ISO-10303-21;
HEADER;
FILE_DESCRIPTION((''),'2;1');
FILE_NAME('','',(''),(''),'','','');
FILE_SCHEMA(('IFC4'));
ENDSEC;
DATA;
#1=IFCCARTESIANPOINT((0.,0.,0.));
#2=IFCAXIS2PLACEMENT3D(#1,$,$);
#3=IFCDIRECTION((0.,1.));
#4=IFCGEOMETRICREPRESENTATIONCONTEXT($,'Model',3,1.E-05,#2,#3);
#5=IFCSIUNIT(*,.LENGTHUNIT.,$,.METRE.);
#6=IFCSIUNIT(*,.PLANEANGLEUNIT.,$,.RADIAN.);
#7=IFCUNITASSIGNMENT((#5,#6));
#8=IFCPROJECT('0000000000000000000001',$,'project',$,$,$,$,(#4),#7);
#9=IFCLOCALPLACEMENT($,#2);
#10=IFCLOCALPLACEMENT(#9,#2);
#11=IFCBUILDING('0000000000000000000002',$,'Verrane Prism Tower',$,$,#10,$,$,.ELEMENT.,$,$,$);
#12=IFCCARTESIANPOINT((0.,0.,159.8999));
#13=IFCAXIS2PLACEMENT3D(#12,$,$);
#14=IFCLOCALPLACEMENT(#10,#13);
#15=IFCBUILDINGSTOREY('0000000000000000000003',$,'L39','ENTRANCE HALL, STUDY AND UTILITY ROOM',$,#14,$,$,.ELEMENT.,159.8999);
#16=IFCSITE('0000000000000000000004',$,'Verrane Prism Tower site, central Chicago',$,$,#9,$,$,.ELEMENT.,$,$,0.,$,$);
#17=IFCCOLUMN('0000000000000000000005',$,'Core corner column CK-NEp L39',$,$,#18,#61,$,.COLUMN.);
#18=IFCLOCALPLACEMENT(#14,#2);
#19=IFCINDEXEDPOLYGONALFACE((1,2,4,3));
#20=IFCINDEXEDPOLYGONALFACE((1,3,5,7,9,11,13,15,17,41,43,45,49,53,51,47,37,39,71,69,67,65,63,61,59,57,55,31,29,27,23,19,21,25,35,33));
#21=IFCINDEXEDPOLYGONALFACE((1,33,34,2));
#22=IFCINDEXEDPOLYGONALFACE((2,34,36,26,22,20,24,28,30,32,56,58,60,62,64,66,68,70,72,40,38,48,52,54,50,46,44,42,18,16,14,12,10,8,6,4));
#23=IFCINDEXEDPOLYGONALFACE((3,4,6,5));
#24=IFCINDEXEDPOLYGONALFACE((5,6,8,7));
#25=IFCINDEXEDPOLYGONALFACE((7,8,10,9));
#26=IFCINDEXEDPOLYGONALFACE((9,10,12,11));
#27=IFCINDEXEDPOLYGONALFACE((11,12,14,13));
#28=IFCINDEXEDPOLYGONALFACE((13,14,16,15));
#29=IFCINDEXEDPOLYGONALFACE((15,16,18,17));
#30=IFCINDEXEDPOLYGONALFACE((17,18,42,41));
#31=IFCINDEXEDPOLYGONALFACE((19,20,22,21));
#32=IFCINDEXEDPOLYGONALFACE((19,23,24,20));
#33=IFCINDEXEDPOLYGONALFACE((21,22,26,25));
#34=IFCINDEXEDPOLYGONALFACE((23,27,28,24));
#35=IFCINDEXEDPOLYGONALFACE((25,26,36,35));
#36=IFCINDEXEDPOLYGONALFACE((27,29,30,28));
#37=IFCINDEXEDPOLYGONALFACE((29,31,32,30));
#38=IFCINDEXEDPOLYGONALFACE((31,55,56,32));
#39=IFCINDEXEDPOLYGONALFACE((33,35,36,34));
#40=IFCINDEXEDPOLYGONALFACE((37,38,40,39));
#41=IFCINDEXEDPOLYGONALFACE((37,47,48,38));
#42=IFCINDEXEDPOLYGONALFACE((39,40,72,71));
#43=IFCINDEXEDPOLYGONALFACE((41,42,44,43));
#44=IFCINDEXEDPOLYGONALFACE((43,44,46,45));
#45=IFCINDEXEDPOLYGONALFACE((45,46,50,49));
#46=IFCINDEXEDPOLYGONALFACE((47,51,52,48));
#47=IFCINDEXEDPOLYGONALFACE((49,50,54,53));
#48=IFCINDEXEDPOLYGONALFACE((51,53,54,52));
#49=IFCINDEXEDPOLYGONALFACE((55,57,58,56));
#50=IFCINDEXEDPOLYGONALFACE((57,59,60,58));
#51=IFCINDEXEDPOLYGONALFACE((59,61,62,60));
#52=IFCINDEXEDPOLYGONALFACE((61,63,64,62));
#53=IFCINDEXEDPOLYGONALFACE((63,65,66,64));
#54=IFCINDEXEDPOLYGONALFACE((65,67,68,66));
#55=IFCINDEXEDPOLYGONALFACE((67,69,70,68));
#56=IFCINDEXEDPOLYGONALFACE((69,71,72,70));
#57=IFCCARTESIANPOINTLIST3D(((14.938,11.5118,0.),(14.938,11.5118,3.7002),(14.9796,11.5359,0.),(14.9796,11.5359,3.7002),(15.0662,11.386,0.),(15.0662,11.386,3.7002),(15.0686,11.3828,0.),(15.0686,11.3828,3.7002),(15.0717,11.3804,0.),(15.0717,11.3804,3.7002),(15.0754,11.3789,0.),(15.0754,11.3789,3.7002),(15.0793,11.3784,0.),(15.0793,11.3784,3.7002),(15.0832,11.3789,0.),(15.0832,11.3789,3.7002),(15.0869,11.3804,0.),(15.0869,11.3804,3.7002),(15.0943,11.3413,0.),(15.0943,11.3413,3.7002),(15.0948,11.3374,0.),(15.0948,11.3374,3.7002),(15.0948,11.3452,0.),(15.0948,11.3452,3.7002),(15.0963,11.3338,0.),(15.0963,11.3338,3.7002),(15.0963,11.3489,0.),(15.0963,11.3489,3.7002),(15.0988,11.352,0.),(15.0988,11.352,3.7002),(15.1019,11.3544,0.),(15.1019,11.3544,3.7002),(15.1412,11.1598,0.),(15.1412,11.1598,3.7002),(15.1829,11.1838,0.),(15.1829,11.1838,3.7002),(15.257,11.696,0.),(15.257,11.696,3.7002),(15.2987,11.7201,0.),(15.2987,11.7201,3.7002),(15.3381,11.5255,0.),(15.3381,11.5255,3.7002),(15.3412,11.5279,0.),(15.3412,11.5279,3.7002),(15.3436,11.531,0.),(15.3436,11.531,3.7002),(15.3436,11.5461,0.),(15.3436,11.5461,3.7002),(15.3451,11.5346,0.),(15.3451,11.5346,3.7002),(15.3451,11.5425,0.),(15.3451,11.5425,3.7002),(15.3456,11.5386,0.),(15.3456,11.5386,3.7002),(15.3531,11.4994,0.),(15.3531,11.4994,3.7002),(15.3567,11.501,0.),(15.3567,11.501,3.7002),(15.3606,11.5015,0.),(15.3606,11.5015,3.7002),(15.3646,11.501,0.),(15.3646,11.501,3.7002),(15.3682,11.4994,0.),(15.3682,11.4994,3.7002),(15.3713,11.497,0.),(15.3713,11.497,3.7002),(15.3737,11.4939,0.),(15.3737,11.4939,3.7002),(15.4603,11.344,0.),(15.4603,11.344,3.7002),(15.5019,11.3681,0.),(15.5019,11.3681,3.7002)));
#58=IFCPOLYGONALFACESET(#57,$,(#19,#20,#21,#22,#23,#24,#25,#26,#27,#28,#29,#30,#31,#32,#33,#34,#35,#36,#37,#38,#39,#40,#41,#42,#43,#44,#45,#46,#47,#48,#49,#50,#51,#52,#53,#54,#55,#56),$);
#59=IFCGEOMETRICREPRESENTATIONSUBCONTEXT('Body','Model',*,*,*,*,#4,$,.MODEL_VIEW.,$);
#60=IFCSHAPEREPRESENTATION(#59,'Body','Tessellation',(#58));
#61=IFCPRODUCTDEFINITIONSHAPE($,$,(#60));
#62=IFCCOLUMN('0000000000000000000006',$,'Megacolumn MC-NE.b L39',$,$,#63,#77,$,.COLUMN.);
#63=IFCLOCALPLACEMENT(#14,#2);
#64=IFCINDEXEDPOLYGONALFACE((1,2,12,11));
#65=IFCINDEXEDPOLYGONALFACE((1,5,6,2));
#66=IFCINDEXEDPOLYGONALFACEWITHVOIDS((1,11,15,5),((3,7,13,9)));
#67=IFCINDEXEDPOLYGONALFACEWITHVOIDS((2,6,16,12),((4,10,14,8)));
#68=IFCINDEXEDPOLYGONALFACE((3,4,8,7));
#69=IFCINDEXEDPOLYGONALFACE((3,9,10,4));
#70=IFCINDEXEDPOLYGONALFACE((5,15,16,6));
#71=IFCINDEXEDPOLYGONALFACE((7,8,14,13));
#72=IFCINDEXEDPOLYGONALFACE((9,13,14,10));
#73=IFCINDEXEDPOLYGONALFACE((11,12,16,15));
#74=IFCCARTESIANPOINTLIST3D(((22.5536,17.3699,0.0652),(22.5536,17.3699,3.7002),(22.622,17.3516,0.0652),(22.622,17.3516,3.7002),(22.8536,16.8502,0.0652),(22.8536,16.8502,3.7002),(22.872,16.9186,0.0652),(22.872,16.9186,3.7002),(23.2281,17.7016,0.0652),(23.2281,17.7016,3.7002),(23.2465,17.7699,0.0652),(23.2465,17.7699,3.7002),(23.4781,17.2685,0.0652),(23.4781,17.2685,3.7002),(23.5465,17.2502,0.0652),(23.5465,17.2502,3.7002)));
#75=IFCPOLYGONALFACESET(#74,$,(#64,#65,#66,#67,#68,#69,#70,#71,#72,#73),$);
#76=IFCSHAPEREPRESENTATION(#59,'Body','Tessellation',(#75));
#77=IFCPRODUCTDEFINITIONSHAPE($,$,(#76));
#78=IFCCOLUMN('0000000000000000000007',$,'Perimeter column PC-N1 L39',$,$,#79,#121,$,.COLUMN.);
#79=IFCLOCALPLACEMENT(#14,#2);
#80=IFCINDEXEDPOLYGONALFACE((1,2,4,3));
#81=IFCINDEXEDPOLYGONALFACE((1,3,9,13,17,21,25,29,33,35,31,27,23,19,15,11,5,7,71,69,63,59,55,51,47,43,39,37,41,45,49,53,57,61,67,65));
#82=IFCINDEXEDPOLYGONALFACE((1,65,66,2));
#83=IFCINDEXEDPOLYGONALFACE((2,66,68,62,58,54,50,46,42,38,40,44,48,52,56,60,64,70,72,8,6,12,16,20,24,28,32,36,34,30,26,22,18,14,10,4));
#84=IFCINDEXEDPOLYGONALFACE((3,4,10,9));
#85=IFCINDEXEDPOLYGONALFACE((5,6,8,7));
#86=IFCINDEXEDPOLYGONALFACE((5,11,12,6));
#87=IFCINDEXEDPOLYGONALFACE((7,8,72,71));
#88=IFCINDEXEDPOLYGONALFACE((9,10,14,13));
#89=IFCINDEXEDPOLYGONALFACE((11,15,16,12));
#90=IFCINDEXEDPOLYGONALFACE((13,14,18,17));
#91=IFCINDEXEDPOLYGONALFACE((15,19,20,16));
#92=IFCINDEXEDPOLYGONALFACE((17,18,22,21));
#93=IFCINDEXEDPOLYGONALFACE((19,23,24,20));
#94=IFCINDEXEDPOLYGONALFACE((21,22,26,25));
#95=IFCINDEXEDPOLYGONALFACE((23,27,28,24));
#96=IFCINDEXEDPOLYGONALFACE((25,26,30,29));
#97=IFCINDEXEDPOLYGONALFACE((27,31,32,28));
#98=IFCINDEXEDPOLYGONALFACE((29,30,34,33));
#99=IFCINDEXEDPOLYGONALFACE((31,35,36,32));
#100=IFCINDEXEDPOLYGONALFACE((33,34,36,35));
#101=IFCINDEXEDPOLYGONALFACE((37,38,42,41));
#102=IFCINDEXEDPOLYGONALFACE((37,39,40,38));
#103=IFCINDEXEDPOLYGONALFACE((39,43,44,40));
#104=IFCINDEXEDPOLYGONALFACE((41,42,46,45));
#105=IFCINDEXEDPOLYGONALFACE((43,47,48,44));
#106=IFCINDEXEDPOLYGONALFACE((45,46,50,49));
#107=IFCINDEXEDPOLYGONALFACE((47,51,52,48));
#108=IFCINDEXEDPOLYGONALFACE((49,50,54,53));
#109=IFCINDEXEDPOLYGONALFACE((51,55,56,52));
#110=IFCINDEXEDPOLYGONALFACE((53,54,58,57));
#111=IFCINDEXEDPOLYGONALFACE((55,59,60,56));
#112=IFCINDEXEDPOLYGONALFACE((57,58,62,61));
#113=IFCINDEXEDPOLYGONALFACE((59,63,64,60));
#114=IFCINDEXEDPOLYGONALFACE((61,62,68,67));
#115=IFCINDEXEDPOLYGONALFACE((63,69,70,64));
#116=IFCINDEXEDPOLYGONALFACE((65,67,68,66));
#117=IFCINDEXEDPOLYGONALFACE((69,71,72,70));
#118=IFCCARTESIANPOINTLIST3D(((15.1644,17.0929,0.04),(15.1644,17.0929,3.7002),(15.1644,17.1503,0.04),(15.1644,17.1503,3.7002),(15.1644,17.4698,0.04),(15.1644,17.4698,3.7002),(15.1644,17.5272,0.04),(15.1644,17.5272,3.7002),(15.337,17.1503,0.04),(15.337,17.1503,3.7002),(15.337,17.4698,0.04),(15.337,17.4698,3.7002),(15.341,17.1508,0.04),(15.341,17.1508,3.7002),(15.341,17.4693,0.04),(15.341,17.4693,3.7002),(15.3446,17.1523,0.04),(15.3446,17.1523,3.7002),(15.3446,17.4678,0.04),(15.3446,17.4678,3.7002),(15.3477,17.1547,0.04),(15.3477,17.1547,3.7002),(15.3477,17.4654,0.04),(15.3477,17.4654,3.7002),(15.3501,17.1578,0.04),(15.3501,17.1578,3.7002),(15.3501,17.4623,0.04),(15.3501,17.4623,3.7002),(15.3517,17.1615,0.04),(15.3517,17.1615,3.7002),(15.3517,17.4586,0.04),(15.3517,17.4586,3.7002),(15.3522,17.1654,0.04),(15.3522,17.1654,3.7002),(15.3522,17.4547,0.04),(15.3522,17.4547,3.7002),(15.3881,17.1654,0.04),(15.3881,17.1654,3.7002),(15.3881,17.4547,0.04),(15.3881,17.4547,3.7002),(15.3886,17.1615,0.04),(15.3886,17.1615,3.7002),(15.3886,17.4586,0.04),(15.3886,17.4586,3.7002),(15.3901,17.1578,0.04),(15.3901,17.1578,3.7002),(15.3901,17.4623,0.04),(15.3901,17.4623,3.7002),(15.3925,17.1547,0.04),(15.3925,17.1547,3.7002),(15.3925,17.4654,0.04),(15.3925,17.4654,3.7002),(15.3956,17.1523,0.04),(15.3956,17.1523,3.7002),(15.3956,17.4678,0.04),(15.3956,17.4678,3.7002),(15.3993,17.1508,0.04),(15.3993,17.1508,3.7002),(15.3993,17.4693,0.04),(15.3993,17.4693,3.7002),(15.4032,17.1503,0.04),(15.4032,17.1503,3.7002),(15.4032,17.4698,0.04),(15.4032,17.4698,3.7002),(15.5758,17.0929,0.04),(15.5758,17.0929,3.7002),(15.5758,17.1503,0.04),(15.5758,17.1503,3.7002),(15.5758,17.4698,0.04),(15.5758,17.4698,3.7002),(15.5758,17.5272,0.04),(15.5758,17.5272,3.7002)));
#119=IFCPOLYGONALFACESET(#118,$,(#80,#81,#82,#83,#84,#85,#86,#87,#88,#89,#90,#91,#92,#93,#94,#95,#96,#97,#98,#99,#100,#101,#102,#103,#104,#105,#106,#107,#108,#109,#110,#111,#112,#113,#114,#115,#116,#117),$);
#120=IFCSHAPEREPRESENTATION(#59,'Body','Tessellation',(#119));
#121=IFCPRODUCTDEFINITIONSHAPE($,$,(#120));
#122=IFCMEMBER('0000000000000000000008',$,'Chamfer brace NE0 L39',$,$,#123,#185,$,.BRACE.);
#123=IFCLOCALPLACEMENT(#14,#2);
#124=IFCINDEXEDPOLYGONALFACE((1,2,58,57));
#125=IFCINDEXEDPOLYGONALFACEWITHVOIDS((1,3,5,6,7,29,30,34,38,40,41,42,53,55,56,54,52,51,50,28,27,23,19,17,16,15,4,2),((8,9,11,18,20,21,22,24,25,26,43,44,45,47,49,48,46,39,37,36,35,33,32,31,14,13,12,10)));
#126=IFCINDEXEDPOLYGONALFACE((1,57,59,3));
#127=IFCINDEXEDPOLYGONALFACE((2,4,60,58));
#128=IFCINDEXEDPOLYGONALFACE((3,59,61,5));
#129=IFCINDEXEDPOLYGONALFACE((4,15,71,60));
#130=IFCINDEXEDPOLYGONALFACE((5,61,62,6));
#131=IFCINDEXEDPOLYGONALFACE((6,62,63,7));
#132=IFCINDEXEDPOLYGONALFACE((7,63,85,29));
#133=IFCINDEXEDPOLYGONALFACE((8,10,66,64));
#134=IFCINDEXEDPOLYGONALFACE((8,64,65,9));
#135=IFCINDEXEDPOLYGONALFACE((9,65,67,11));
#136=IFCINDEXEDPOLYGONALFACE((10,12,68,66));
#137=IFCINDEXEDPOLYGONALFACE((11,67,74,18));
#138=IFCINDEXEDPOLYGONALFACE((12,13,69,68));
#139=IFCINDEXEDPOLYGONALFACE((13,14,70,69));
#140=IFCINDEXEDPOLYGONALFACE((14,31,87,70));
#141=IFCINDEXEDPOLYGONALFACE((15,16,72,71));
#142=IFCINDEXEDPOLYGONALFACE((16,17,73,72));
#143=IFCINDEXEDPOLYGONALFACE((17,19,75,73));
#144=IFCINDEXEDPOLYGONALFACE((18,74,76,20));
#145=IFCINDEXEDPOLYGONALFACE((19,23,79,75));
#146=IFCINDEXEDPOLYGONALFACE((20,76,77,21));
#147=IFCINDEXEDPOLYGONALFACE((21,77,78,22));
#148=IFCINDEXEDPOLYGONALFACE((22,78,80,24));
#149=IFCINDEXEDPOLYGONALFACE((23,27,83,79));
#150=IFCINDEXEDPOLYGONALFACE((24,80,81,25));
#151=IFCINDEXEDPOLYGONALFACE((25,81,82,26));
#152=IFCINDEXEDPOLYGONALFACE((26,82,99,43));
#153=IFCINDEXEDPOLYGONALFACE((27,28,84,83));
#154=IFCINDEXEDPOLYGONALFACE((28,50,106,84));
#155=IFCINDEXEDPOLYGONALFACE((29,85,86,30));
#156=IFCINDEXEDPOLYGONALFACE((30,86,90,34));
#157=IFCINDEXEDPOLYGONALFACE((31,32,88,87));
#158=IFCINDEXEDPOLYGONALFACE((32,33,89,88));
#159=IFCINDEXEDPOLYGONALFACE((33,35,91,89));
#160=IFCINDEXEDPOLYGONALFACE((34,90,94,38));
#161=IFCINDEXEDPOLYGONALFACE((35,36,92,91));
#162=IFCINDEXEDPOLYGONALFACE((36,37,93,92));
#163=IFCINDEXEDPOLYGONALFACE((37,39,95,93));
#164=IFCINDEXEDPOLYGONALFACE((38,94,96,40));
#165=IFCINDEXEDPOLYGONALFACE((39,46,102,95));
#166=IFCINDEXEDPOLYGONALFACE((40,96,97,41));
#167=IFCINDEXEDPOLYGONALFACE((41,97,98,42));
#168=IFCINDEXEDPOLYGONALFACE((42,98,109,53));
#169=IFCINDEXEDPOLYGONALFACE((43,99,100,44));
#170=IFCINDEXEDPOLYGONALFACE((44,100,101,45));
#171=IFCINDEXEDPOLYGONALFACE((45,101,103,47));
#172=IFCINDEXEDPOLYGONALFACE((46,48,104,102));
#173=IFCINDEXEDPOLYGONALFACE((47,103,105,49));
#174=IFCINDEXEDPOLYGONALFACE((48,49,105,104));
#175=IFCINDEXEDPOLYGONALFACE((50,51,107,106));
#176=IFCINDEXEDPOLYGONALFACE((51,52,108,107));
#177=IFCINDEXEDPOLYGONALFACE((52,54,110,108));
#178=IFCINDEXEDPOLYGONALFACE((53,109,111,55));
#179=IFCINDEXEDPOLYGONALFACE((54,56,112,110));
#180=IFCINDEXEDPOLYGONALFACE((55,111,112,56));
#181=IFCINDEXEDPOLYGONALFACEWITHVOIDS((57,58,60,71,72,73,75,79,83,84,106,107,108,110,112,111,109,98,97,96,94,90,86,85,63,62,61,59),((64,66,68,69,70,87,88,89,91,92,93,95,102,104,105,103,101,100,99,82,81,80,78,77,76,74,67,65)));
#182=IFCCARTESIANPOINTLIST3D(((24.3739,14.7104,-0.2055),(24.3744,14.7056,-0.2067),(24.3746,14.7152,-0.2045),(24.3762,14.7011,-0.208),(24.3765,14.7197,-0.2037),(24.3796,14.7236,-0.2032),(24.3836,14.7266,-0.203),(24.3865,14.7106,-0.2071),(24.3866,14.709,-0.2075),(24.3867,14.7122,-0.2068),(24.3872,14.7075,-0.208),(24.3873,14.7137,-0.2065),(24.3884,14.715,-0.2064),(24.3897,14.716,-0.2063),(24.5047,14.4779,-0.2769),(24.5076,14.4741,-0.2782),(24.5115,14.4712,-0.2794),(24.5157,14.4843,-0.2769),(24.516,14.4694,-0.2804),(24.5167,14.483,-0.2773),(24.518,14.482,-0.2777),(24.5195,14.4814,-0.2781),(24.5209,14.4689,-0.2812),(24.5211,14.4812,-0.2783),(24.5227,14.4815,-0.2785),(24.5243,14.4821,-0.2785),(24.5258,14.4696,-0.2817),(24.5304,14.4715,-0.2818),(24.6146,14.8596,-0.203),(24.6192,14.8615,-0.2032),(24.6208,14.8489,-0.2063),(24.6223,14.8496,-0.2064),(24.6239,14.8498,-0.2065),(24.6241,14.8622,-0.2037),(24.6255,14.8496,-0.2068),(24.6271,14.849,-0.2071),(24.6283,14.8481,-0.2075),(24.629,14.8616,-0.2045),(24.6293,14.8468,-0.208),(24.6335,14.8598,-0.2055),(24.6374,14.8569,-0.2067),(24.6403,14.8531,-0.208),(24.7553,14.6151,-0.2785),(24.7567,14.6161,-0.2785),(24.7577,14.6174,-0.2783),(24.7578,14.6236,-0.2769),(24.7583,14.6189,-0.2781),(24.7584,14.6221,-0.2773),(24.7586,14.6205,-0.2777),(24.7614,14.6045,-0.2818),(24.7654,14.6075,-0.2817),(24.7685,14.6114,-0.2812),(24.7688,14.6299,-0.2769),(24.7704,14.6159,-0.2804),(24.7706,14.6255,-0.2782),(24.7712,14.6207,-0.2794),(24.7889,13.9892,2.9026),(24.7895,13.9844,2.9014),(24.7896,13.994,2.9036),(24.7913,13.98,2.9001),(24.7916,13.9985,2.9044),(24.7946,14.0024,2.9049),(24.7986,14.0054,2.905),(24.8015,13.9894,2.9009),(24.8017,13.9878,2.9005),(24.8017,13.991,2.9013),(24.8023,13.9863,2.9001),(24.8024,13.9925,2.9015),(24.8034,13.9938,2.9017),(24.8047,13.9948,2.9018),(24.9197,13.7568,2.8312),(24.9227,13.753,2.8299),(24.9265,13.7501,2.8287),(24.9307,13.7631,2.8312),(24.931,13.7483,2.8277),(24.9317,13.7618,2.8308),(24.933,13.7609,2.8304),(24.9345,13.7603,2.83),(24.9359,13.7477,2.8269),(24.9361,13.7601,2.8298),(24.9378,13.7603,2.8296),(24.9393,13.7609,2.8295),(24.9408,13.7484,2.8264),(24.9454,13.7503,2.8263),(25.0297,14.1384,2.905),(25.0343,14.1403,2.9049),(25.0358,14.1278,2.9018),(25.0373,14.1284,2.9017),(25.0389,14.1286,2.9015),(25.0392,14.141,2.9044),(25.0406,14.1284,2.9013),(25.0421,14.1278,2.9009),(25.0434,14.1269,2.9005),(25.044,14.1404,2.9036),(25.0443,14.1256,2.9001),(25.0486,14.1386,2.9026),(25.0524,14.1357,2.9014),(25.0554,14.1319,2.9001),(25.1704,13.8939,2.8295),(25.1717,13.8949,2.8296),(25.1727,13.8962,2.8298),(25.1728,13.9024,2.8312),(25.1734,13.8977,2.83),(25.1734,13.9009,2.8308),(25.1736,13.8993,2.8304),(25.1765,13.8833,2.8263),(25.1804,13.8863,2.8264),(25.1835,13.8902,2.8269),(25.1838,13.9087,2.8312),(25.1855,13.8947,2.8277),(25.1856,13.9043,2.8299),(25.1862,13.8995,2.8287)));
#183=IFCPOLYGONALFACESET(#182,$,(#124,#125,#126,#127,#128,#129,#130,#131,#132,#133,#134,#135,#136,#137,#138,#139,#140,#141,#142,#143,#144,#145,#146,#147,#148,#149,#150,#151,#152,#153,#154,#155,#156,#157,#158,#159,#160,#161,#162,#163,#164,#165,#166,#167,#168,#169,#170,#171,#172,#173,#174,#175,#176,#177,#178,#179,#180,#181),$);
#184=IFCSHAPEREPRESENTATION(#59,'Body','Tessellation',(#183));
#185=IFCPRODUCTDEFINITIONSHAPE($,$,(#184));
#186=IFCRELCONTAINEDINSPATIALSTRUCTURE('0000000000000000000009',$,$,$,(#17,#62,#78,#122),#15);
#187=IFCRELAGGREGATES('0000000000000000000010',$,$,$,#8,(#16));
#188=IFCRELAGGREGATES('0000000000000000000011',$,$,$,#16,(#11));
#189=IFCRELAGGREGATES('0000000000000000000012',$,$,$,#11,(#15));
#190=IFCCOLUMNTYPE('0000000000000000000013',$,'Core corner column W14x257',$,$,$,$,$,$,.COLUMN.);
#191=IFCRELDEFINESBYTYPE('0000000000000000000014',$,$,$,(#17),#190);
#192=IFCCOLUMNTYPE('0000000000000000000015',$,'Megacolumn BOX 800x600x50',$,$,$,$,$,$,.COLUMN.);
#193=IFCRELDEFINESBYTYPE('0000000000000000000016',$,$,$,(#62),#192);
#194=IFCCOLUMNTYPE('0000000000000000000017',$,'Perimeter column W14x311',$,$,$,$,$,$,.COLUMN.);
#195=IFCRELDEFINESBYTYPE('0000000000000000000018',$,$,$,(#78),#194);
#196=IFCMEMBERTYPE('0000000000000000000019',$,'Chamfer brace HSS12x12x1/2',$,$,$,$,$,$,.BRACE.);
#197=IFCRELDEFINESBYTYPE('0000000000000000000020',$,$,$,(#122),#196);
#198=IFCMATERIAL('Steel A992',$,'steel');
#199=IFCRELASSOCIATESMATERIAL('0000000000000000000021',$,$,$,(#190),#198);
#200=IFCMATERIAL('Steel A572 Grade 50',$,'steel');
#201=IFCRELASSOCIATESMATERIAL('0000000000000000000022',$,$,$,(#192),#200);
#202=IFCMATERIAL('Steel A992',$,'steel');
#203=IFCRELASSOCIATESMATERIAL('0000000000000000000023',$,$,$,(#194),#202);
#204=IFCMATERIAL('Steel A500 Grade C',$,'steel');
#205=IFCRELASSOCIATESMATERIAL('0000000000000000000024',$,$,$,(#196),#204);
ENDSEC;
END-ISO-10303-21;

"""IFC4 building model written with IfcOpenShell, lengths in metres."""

from ifc_helpers import new_model, si_unit, direction, frame, origin, origin_2d, place, context, subcontext, project, spatial, hollow_rectangle, i_section, extrude, material, material_profile, profile_set, type_object, element, save


model = new_model("IFC4")

# Units and contexts
model_context = context("Model", 3, precision=1e-05, world=origin(), true_north=direction((0.0, 1.0)))
body_context = subcontext(model_context, "Body", "Model", "MODEL_VIEW")
ifc_project = project(units=[si_unit("LENGTHUNIT", "METRE"), si_unit("PLANEANGLEUNIT", "RADIAN")], contexts=[model_context])

# Site, building, storey
site_placement = place(None, origin())
site = spatial("IfcSite", under=ifc_project, at=site_placement, Name="Verrane Prism Tower site, central Chicago", CompositionType="ELEMENT", RefElevation=0.0)
building_placement = place(site_placement, origin())
building = spatial("IfcBuilding", under=site, at=building_placement, Name="Verrane Prism Tower", CompositionType="ELEMENT")
storey_placement = place(building_placement, frame((0.0, 0.0, 159.8999)))
storey = spatial("IfcBuildingStorey", under=building, at=storey_placement, Name="L39", Description="ENTRANCE HALL, STUDY AND UTILITY ROOM", CompositionType="ELEMENT", Elevation=159.8999)

# Columns
ifc_material_1 = material(Name="Steel A992", Category="steel")
ifc_material_profile_1 = material_profile(ifc_material_1, i_section(OverallWidth=0.4065, OverallDepth=0.4165, WebThickness=0.03, FlangeThickness=0.0481, FilletRadius=0.0151, at=origin_2d()), Name="W14x257")
ifc_profile_set_1 = profile_set([ifc_material_profile_1], Name="Steel A992")
column_type_1 = type_object("IfcColumnType", Name="Core corner column W14x257", PredefinedType="COLUMN", material=ifc_profile_set_1)
column_1_placement = place(storey_placement, frame((15.22, 11.4399, 0.0), z_axis=(0.0, 0.0, 1.0), x_axis=(0.5, -0.866025, 0.0)))
element("IfcColumn", 1, at=column_1_placement, inside=storey, type_object=column_type_1, Name="Core corner column CK-NEp L39", PredefinedType="COLUMN", context=body_context, shape_type="SweptSolid", body=[
    extrude(i_section(OverallWidth=0.4065, OverallDepth=0.4165, WebThickness=0.03, FlangeThickness=0.0481, FilletRadius=0.0151, at=origin_2d()), origin(), (0.0, 0.0, 1.0), 3.7002),
])
ifc_material_2 = material(Name="Steel A572 Grade 50", Category="steel")
ifc_material_profile_2 = material_profile(ifc_material_2, hollow_rectangle(XDim=0.6001, YDim=0.8, WallThickness=0.05, at=origin_2d()), Name="BOX 800x600x50")
ifc_profile_set_2 = profile_set([ifc_material_profile_2], Name="Steel A572 Grade 50")
column_type_2 = type_object("IfcColumnType", Name="Megacolumn BOX 800x600x50", PredefinedType="COLUMN", material=ifc_profile_set_2)
column_2_placement = place(storey_placement, frame((23.05, 17.3101, 0.0652), z_axis=(0.0, 0.0, 1.0), x_axis=(0.5, -0.866025, 0.0)))
element("IfcColumn", 2, at=column_2_placement, inside=storey, type_object=column_type_2, Name="Megacolumn MC-NE.b L39", PredefinedType="COLUMN", context=body_context, shape_type="SweptSolid", body=[
    extrude(hollow_rectangle(XDim=0.6001, YDim=0.8, WallThickness=0.05, at=origin_2d()), origin(), (0.0, 0.0, 1.0), 3.635),
])
ifc_material_3 = material(Name="Steel A992", Category="steel")
ifc_material_profile_3 = material_profile(ifc_material_3, i_section(OverallWidth=0.4114, OverallDepth=0.4343, WebThickness=0.0359, FlangeThickness=0.0574, FilletRadius=0.0151, at=origin_2d()), Name="W14x311")
ifc_profile_set_3 = profile_set([ifc_material_profile_3], Name="Steel A992")
column_type_3 = type_object("IfcColumnType", Name="Perimeter column W14x311", PredefinedType="COLUMN", material=ifc_profile_set_3)
column_3_placement = place(storey_placement, frame((15.3701, 17.3101, 0.04), z_axis=(0.0, 0.0, 1.0), x_axis=(1.0, 0.0, 0.0)))
element("IfcColumn", 3, at=column_3_placement, inside=storey, type_object=column_type_3, Name="Perimeter column PC-N1 L39", PredefinedType="COLUMN", context=body_context, shape_type="SweptSolid", body=[
    extrude(i_section(OverallWidth=0.4114, OverallDepth=0.4343, WebThickness=0.0359, FlangeThickness=0.0574, FilletRadius=0.0151, at=origin_2d()), origin(), (0.0, 0.0, 1.0), 3.6602),
])

# Member
ifc_material_4 = material(Name="Steel A500 Grade C", Category="steel")
ifc_material_profile_4 = material_profile(ifc_material_4, hollow_rectangle(XDim=0.3047, YDim=0.3047, WallThickness=0.0127, InnerFilletRadius=0.0063, OuterFilletRadius=0.019, at=origin_2d()), Name="HSS12x12x1/2")
ifc_profile_set_4 = profile_set([ifc_material_profile_4], Name="Steel A500 Grade C")
member_type_1 = type_object("IfcMemberType", Name="Chamfer brace HSS12x12x1/2", PredefinedType="BRACE", material=ifc_profile_set_4)
member_1_placement = place(storey_placement, frame((24.5725, 14.6655, -0.2424), z_axis=(0.12899, -0.224139, 0.965983), x_axis=(0.866722, 0.498791, 0.0)))
element("IfcMember", 4, at=member_1_placement, inside=storey, type_object=member_type_1, Name="Chamfer brace NE0 L39", PredefinedType="BRACE", context=body_context, shape_type="SweptSolid", body=[
    extrude(hollow_rectangle(XDim=0.3047, YDim=0.3047, WallThickness=0.0127, InnerFilletRadius=0.0063, OuterFilletRadius=0.019, at=origin_2d()), origin(), (0.0, 0.0, 1.0), 3.2175),
])

save(model, "model.ifc")
